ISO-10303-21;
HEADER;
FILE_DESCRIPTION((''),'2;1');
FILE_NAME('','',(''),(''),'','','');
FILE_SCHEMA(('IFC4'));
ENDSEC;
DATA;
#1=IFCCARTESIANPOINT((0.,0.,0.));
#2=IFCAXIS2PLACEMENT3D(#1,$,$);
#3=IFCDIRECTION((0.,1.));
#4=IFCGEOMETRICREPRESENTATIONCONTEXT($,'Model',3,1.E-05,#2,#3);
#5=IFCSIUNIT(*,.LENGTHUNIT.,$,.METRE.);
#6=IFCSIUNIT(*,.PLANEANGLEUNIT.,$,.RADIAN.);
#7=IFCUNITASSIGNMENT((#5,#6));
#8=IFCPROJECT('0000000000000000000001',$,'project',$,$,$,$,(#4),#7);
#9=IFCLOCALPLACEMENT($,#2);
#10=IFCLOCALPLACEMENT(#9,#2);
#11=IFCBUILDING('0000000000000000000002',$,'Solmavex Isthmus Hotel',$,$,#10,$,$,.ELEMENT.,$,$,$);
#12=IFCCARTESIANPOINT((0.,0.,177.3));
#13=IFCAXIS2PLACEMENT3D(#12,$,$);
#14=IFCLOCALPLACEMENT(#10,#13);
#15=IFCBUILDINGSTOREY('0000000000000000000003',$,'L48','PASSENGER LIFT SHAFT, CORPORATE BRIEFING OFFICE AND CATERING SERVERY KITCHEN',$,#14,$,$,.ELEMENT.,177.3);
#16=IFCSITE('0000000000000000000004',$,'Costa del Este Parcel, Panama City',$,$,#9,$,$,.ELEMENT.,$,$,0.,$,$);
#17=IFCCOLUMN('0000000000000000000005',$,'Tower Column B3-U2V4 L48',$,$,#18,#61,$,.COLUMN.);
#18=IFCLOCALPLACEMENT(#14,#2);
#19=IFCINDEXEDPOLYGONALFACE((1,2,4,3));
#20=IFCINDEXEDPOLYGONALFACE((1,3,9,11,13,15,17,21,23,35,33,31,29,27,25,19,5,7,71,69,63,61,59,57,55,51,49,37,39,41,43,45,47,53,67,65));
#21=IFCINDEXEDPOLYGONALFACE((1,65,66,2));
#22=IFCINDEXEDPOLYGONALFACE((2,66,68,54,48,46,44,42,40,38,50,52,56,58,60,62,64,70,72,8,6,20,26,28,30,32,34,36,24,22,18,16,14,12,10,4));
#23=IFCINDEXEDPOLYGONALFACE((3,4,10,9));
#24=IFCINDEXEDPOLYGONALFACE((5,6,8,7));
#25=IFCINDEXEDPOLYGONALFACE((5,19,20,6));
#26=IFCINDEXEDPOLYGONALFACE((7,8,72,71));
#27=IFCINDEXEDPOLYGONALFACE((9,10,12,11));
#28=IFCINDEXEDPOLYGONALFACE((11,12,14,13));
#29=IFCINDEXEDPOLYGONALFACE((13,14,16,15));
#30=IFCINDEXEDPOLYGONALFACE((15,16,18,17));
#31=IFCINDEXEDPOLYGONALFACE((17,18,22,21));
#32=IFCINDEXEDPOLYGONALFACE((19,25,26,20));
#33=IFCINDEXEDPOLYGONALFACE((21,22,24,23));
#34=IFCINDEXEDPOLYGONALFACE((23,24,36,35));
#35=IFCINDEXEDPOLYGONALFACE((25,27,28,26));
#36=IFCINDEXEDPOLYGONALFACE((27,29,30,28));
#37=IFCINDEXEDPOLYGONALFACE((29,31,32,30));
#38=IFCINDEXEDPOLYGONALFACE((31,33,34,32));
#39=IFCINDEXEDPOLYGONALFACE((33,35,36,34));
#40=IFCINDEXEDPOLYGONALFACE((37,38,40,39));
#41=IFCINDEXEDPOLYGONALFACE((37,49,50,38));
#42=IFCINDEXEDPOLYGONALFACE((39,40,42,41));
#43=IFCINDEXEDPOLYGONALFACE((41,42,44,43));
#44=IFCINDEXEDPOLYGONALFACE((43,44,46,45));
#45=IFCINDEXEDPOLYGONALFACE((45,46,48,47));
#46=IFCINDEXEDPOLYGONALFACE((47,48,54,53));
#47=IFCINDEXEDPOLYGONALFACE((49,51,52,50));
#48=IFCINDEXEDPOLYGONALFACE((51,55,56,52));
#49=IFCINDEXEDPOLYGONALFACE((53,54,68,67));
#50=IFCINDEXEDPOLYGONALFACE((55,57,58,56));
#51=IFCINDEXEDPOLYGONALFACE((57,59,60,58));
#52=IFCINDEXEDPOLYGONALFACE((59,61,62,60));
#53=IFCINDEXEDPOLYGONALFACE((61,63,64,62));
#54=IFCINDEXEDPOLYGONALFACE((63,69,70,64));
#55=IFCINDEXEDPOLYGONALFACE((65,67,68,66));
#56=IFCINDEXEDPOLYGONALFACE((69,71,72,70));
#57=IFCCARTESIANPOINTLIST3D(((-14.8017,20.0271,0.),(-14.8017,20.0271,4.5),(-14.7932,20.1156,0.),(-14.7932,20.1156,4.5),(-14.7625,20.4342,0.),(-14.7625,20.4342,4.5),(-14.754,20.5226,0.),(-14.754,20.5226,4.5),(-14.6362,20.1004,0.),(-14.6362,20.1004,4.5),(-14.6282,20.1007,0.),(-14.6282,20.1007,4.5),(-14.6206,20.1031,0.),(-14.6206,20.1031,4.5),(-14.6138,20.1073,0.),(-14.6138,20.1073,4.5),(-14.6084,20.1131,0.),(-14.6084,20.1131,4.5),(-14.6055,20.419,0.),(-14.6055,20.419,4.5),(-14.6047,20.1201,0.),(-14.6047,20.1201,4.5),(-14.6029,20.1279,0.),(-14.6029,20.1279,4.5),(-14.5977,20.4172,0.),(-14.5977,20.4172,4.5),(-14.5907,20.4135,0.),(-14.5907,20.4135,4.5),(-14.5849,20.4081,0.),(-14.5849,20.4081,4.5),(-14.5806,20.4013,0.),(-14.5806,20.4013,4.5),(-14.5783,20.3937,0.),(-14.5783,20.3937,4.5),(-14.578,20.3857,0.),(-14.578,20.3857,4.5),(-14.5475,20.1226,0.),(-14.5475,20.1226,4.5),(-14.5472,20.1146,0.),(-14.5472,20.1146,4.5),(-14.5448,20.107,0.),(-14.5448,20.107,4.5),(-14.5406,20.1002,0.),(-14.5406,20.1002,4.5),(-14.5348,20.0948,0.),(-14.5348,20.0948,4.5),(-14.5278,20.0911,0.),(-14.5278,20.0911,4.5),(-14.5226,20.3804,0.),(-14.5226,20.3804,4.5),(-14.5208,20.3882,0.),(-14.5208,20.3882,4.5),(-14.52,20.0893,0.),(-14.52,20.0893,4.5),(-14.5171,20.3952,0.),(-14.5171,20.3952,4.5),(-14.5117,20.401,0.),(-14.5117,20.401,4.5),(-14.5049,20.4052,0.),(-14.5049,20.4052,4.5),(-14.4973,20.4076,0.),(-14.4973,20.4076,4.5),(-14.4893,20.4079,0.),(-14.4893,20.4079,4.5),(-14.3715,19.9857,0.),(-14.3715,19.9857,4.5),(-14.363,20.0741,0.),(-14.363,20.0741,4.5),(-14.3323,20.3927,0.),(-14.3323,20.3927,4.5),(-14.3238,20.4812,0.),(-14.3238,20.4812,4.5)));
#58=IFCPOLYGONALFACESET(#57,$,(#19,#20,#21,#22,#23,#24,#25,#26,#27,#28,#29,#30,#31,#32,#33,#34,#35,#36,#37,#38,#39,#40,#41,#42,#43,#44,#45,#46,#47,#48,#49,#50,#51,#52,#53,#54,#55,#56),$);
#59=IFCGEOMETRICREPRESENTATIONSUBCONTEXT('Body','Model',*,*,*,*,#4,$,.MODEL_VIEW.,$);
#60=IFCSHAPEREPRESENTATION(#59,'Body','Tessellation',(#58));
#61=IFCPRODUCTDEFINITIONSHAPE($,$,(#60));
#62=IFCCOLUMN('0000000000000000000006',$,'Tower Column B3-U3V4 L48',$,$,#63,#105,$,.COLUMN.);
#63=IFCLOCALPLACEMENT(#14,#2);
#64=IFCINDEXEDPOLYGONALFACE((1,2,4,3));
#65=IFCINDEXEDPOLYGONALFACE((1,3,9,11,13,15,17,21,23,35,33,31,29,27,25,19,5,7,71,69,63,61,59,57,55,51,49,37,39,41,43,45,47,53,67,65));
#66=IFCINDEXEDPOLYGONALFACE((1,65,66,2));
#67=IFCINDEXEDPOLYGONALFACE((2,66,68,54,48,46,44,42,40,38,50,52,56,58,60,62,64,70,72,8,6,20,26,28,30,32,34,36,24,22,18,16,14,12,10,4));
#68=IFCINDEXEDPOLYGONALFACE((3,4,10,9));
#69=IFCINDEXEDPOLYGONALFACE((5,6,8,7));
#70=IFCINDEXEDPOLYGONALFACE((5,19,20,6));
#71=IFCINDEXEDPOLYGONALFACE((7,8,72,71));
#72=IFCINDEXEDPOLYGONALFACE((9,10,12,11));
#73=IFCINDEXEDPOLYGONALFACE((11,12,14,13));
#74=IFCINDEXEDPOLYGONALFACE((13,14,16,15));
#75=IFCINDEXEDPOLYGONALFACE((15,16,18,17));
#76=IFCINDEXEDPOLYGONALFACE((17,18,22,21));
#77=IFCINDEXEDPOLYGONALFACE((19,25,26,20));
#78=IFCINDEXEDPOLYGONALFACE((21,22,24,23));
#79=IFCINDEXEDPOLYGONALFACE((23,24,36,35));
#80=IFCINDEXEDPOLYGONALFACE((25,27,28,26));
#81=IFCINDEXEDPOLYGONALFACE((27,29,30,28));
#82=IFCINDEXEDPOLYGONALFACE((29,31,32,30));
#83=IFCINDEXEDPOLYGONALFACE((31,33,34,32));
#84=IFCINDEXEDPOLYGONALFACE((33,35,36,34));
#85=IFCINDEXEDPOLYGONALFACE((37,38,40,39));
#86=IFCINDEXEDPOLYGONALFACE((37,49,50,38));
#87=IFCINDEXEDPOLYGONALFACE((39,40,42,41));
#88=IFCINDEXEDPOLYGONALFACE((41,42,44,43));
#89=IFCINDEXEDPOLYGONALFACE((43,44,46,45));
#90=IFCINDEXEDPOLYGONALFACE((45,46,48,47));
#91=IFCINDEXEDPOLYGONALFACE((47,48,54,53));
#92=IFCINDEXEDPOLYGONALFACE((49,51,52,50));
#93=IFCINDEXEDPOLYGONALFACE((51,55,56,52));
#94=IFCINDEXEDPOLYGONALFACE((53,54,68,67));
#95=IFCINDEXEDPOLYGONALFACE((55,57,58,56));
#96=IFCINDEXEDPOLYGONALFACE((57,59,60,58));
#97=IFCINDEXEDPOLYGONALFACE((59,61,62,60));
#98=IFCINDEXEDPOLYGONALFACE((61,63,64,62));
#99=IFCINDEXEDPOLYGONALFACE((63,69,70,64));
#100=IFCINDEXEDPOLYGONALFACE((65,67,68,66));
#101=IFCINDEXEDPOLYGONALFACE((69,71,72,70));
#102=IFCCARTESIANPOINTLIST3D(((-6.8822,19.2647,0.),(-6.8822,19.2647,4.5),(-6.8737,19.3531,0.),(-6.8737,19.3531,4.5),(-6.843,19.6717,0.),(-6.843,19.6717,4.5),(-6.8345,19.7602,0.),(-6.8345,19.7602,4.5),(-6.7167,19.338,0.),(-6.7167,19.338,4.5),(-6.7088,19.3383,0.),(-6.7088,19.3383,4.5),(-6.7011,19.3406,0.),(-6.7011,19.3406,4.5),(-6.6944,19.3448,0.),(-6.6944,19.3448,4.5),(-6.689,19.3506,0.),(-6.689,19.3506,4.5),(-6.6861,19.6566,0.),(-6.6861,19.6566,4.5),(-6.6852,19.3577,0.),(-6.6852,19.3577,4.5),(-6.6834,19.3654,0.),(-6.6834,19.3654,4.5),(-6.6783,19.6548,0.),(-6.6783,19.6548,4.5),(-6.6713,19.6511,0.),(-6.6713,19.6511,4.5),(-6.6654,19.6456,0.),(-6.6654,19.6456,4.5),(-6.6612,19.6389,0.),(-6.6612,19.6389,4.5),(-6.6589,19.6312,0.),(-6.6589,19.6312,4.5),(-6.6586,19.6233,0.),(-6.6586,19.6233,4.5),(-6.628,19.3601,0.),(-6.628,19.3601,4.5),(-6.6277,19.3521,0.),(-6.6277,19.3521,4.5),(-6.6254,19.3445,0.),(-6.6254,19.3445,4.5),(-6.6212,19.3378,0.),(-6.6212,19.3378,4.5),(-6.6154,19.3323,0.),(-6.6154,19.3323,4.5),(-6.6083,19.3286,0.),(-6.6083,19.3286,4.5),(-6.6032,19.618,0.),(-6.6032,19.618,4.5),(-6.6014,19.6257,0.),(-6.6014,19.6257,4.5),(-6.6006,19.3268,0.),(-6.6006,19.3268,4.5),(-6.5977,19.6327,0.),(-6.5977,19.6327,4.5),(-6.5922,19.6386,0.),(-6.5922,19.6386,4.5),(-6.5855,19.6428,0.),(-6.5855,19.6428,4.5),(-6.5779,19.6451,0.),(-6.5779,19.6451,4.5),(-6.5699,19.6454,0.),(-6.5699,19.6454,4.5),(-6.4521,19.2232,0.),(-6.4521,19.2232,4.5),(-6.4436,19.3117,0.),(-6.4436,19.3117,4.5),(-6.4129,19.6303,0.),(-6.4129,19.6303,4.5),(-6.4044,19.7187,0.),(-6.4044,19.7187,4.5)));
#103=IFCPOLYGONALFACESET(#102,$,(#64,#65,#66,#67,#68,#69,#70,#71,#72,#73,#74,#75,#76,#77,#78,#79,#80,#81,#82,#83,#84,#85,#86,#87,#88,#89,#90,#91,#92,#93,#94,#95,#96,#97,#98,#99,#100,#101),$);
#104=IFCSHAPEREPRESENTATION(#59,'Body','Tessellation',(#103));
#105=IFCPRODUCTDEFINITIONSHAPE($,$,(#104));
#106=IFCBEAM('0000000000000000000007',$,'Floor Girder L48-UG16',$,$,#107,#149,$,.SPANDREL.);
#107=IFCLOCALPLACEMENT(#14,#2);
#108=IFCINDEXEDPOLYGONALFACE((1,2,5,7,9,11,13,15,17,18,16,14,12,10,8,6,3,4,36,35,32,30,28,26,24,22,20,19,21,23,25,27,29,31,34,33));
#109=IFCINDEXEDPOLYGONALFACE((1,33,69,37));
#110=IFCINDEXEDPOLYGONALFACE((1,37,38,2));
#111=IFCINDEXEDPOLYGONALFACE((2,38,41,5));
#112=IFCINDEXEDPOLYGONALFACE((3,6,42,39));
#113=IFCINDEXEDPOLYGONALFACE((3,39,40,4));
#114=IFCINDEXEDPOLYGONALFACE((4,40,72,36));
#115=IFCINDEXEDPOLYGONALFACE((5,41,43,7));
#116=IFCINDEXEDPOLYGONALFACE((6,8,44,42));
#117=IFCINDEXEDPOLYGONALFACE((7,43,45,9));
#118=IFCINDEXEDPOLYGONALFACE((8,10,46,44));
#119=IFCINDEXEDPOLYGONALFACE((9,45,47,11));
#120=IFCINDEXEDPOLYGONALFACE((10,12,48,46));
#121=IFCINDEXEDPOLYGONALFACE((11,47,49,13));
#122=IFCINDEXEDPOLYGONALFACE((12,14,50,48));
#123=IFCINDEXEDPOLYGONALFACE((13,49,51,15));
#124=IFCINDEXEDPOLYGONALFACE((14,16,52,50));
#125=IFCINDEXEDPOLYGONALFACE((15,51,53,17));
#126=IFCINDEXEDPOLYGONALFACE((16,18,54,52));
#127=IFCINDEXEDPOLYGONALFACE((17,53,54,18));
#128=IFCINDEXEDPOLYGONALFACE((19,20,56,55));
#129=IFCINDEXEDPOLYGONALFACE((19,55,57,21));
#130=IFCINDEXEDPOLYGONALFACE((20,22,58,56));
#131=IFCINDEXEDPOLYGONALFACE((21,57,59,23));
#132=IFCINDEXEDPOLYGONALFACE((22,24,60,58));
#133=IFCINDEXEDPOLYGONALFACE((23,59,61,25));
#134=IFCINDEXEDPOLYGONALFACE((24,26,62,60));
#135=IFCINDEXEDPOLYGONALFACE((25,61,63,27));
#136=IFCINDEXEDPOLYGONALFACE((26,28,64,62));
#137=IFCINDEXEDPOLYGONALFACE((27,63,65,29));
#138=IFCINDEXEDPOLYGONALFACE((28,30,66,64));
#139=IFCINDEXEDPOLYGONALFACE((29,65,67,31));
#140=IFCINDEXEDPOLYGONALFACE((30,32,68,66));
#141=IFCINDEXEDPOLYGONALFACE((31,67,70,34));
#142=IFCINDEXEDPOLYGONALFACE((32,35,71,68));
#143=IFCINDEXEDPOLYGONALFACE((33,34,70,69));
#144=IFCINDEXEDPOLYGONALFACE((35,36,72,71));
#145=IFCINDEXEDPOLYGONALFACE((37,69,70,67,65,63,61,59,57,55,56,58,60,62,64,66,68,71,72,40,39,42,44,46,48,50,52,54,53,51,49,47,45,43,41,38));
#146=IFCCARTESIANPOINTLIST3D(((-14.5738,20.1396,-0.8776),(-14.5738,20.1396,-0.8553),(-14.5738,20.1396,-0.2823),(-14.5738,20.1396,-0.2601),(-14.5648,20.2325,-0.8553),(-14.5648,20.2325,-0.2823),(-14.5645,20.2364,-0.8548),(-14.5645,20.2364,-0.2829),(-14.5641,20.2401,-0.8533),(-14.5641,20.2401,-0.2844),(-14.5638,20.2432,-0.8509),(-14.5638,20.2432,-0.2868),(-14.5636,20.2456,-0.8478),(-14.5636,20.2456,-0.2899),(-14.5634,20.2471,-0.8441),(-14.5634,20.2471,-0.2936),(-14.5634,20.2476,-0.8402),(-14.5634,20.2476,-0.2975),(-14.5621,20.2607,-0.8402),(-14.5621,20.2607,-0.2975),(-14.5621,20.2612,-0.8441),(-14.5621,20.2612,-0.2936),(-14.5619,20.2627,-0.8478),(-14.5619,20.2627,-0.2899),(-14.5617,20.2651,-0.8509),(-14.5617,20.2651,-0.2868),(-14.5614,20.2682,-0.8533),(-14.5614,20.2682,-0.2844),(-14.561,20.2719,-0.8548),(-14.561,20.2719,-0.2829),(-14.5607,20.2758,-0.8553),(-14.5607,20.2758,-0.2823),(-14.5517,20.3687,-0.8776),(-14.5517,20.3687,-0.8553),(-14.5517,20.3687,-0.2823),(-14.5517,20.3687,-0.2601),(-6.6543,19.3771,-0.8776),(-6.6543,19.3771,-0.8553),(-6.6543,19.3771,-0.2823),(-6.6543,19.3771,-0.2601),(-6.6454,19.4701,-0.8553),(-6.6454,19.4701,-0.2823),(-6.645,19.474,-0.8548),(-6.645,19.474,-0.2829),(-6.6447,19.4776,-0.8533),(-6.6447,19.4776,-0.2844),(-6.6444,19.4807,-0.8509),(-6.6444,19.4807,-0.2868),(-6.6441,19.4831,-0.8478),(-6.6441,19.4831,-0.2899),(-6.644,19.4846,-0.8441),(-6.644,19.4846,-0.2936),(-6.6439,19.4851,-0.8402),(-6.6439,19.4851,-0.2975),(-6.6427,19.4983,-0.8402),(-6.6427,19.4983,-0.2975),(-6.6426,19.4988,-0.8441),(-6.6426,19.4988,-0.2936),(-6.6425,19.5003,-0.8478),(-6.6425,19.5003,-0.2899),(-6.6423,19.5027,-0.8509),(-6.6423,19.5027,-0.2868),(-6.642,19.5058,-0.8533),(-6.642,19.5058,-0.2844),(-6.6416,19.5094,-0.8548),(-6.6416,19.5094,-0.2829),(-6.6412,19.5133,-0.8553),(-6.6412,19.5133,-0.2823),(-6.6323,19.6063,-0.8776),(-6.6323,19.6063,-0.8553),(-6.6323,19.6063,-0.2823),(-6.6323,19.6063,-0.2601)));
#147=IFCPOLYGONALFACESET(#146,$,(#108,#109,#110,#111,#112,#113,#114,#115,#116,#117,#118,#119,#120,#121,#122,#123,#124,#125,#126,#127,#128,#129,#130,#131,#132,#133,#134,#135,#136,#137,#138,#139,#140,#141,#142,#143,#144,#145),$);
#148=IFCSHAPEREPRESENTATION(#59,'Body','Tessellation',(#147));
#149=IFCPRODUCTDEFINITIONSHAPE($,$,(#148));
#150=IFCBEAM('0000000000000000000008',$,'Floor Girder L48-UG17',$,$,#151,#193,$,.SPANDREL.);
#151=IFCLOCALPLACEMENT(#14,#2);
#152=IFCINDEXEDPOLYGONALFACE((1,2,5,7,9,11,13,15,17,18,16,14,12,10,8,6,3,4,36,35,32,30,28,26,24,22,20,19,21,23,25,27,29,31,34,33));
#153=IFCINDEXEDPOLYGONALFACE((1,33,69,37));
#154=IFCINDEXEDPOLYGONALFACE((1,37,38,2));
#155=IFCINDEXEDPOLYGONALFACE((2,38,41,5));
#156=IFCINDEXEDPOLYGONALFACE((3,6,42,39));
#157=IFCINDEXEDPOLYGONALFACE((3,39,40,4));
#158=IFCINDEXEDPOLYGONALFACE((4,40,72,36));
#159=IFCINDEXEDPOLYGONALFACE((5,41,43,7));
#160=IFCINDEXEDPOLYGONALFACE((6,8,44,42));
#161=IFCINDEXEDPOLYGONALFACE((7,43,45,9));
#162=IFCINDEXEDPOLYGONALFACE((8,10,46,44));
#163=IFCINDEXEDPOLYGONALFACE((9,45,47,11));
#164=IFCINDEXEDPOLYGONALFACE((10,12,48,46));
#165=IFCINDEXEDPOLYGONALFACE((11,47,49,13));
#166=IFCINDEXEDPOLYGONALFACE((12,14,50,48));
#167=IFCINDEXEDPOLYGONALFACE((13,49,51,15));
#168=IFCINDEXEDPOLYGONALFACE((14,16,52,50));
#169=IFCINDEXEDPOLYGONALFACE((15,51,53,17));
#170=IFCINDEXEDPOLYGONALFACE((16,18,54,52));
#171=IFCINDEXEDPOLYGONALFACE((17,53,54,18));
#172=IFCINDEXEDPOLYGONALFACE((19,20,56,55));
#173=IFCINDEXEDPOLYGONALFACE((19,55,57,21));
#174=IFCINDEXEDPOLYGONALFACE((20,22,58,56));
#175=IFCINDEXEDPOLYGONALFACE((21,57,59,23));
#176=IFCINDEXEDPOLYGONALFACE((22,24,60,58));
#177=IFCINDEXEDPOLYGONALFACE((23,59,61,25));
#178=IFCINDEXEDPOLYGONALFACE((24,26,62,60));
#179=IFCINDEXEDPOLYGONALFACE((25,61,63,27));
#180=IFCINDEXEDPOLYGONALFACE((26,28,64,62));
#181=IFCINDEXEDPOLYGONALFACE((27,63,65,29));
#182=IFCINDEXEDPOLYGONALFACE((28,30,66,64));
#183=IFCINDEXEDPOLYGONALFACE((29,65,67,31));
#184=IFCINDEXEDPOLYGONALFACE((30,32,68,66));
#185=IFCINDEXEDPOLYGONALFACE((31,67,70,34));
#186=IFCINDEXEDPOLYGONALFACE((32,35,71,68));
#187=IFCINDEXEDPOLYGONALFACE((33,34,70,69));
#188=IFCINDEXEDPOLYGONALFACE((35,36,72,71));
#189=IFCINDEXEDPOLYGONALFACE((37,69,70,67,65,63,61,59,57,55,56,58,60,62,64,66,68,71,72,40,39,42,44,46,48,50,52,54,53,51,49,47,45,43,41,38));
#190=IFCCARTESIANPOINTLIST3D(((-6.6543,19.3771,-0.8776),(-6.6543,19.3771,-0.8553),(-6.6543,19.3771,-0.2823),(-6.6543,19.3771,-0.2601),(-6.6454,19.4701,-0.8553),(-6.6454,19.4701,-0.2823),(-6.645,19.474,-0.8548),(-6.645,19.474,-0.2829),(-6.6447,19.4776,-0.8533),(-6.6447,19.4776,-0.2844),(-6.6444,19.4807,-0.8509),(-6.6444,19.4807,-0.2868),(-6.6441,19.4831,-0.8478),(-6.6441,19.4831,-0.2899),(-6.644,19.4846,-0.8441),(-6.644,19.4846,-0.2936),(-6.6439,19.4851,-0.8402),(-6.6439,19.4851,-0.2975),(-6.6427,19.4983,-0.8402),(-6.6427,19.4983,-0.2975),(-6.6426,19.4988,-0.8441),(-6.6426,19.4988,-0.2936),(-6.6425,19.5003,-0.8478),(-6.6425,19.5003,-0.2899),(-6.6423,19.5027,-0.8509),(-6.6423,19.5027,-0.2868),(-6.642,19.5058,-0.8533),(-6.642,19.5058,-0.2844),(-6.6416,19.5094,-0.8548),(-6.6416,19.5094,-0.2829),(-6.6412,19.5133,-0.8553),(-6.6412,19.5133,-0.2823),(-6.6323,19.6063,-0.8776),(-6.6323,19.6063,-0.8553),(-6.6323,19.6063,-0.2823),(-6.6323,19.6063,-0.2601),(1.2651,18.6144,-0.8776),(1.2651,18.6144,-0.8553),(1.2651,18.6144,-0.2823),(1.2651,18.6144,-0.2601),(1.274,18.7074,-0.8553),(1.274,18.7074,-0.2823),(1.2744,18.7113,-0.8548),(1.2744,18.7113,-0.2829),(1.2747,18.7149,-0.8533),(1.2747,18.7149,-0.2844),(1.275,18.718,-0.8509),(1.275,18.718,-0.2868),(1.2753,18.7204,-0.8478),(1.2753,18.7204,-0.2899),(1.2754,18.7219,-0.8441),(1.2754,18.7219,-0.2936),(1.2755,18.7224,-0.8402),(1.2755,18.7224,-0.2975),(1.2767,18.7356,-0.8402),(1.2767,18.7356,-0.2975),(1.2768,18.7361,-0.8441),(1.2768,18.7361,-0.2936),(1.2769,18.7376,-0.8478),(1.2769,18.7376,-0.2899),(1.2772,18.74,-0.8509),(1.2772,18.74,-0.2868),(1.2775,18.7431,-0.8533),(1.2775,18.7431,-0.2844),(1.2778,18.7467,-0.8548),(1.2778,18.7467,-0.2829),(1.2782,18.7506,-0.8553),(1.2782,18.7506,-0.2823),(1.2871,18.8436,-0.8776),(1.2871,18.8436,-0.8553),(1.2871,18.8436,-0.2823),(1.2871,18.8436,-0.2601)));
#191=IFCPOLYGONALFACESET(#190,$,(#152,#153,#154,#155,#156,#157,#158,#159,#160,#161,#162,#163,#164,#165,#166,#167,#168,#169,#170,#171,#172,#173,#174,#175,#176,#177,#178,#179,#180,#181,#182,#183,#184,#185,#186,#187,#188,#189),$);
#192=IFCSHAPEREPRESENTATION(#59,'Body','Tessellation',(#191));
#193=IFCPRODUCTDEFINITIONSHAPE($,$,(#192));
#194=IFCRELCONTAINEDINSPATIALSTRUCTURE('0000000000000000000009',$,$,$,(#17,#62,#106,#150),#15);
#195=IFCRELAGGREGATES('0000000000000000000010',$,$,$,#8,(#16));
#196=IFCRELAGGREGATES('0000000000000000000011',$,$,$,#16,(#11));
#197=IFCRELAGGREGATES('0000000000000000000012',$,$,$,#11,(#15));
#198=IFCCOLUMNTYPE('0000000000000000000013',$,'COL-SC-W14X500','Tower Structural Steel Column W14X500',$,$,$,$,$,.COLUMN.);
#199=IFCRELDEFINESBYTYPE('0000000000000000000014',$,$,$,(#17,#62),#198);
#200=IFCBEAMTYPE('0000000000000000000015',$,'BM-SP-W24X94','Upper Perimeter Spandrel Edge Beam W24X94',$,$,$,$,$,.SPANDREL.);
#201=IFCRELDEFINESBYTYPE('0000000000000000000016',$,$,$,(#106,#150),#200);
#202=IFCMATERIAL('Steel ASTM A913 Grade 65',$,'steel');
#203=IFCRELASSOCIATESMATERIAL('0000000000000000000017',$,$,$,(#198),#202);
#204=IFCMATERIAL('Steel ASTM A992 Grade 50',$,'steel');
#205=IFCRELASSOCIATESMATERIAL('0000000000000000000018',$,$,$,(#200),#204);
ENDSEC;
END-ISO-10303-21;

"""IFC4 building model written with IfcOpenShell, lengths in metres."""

from ifc_helpers import new_model, si_unit, direction, frame, origin, origin_2d, place, context, subcontext, project, spatial, i_section, extrude, material, material_profile, profile_set, type_object, element, save


model = new_model("IFC4")

# Units and contexts
model_context = context("Model", 3, precision=1e-05, world=origin(), true_north=direction((0.0, 1.0)))
body_context = subcontext(model_context, "Body", "Model", "MODEL_VIEW")
ifc_project = project(units=[si_unit("LENGTHUNIT", "METRE"), si_unit("PLANEANGLEUNIT", "RADIAN")], contexts=[model_context])

# Site, building, storey
site_placement = place(None, origin())
site = spatial("IfcSite", under=ifc_project, at=site_placement, Name="Costa del Este Parcel, Panama City", CompositionType="ELEMENT", RefElevation=0.0)
building_placement = place(site_placement, origin())
building = spatial("IfcBuilding", under=site, at=building_placement, Name="Solmavex Isthmus Hotel", CompositionType="ELEMENT")
storey_placement = place(building_placement, frame((0.0, 0.0, 177.3)))
storey = spatial("IfcBuildingStorey", under=building, at=storey_placement, Name="L48", Description="PASSENGER LIFT SHAFT, CORPORATE BRIEFING OFFICE AND CATERING SERVERY KITCHEN", CompositionType="ELEMENT", Elevation=177.3)

# Columns
ifc_material_1 = material(Name="Steel ASTM A913 Grade 65", Category="steel")
ifc_material_profile_1 = material_profile(ifc_material_1, i_section(OverallWidth=0.4321, OverallDepth=0.4978, WebThickness=0.0557, FlangeThickness=0.0889, FilletRadius=0.0305, at=origin_2d()), Name="W14X500")
ifc_profile_set_1 = profile_set([ifc_material_profile_1], Name="Steel ASTM A913 Grade 65")
column_type = type_object("IfcColumnType", Name="COL-SC-W14X500", Description="Tower Structural Steel Column W14X500", PredefinedType="COLUMN", material=ifc_profile_set_1)
for number, where, z_axis, x_axis, name in (
    (1, (-14.5627, 20.2542, 0.0), (0.0, 0.0, 1.0), (0.995396, -0.095846, 0.0), "Tower Column B3-U2V4 L48"),
    (2, (-6.6433, 19.4917, 0.0), (0.0, 0.0, 1.0), (0.995396, -0.095846, 0.0), "Tower Column B3-U3V4 L48"),
):
    element("IfcColumn", number, at=place(storey_placement, frame(where, z_axis=z_axis, x_axis=x_axis)), inside=storey, type_object=column_type, Name=name, PredefinedType="COLUMN", context=body_context, shape_type="SweptSolid", body=[
        extrude(i_section(OverallWidth=0.4321, OverallDepth=0.4978, WebThickness=0.0557, FlangeThickness=0.0889, FilletRadius=0.0305, at=origin_2d()), origin(), (0.0, 0.0, 1.0), 4.5),
    ])

# Beams
ifc_material_2 = material(Name="Steel ASTM A992 Grade 50", Category="steel")
ifc_material_profile_2 = material_profile(ifc_material_2, i_section(OverallWidth=0.2302, OverallDepth=0.6174, WebThickness=0.0132, FlangeThickness=0.0222, FilletRadius=0.0151, at=origin_2d()), Name="W24X94")
ifc_profile_set_2 = profile_set([ifc_material_profile_2], Name="Steel ASTM A992 Grade 50")
beam_type = type_object("IfcBeamType", Name="BM-SP-W24X94", Description="Upper Perimeter Spandrel Edge Beam W24X94", PredefinedType="SPANDREL", material=ifc_profile_set_2)
for number, where, z_axis, x_axis, name in (
    (3, (-14.5627, 20.2542, -0.5688), (0.995397, -0.095833, 0.0), (0.095833, 0.995397, 0.0), "Floor Girder L48-UG16"),
    (4, (-6.6433, 19.4917, -0.5688), (0.995395, -0.095863, 0.0), (0.095863, 0.995395, 0.0), "Floor Girder L48-UG17"),
):
    element("IfcBeam", number, at=place(storey_placement, frame(where, z_axis=z_axis, x_axis=x_axis)), inside=storey, type_object=beam_type, Name=name, PredefinedType="SPANDREL", context=body_context, shape_type="SweptSolid", body=[
        extrude(i_section(OverallWidth=0.2302, OverallDepth=0.6174, WebThickness=0.0132, FlangeThickness=0.0222, FilletRadius=0.0151, at=origin_2d()), origin(), (0.0, 0.0, 1.0), 7.9561),
    ])

save(model, "model.ifc")
